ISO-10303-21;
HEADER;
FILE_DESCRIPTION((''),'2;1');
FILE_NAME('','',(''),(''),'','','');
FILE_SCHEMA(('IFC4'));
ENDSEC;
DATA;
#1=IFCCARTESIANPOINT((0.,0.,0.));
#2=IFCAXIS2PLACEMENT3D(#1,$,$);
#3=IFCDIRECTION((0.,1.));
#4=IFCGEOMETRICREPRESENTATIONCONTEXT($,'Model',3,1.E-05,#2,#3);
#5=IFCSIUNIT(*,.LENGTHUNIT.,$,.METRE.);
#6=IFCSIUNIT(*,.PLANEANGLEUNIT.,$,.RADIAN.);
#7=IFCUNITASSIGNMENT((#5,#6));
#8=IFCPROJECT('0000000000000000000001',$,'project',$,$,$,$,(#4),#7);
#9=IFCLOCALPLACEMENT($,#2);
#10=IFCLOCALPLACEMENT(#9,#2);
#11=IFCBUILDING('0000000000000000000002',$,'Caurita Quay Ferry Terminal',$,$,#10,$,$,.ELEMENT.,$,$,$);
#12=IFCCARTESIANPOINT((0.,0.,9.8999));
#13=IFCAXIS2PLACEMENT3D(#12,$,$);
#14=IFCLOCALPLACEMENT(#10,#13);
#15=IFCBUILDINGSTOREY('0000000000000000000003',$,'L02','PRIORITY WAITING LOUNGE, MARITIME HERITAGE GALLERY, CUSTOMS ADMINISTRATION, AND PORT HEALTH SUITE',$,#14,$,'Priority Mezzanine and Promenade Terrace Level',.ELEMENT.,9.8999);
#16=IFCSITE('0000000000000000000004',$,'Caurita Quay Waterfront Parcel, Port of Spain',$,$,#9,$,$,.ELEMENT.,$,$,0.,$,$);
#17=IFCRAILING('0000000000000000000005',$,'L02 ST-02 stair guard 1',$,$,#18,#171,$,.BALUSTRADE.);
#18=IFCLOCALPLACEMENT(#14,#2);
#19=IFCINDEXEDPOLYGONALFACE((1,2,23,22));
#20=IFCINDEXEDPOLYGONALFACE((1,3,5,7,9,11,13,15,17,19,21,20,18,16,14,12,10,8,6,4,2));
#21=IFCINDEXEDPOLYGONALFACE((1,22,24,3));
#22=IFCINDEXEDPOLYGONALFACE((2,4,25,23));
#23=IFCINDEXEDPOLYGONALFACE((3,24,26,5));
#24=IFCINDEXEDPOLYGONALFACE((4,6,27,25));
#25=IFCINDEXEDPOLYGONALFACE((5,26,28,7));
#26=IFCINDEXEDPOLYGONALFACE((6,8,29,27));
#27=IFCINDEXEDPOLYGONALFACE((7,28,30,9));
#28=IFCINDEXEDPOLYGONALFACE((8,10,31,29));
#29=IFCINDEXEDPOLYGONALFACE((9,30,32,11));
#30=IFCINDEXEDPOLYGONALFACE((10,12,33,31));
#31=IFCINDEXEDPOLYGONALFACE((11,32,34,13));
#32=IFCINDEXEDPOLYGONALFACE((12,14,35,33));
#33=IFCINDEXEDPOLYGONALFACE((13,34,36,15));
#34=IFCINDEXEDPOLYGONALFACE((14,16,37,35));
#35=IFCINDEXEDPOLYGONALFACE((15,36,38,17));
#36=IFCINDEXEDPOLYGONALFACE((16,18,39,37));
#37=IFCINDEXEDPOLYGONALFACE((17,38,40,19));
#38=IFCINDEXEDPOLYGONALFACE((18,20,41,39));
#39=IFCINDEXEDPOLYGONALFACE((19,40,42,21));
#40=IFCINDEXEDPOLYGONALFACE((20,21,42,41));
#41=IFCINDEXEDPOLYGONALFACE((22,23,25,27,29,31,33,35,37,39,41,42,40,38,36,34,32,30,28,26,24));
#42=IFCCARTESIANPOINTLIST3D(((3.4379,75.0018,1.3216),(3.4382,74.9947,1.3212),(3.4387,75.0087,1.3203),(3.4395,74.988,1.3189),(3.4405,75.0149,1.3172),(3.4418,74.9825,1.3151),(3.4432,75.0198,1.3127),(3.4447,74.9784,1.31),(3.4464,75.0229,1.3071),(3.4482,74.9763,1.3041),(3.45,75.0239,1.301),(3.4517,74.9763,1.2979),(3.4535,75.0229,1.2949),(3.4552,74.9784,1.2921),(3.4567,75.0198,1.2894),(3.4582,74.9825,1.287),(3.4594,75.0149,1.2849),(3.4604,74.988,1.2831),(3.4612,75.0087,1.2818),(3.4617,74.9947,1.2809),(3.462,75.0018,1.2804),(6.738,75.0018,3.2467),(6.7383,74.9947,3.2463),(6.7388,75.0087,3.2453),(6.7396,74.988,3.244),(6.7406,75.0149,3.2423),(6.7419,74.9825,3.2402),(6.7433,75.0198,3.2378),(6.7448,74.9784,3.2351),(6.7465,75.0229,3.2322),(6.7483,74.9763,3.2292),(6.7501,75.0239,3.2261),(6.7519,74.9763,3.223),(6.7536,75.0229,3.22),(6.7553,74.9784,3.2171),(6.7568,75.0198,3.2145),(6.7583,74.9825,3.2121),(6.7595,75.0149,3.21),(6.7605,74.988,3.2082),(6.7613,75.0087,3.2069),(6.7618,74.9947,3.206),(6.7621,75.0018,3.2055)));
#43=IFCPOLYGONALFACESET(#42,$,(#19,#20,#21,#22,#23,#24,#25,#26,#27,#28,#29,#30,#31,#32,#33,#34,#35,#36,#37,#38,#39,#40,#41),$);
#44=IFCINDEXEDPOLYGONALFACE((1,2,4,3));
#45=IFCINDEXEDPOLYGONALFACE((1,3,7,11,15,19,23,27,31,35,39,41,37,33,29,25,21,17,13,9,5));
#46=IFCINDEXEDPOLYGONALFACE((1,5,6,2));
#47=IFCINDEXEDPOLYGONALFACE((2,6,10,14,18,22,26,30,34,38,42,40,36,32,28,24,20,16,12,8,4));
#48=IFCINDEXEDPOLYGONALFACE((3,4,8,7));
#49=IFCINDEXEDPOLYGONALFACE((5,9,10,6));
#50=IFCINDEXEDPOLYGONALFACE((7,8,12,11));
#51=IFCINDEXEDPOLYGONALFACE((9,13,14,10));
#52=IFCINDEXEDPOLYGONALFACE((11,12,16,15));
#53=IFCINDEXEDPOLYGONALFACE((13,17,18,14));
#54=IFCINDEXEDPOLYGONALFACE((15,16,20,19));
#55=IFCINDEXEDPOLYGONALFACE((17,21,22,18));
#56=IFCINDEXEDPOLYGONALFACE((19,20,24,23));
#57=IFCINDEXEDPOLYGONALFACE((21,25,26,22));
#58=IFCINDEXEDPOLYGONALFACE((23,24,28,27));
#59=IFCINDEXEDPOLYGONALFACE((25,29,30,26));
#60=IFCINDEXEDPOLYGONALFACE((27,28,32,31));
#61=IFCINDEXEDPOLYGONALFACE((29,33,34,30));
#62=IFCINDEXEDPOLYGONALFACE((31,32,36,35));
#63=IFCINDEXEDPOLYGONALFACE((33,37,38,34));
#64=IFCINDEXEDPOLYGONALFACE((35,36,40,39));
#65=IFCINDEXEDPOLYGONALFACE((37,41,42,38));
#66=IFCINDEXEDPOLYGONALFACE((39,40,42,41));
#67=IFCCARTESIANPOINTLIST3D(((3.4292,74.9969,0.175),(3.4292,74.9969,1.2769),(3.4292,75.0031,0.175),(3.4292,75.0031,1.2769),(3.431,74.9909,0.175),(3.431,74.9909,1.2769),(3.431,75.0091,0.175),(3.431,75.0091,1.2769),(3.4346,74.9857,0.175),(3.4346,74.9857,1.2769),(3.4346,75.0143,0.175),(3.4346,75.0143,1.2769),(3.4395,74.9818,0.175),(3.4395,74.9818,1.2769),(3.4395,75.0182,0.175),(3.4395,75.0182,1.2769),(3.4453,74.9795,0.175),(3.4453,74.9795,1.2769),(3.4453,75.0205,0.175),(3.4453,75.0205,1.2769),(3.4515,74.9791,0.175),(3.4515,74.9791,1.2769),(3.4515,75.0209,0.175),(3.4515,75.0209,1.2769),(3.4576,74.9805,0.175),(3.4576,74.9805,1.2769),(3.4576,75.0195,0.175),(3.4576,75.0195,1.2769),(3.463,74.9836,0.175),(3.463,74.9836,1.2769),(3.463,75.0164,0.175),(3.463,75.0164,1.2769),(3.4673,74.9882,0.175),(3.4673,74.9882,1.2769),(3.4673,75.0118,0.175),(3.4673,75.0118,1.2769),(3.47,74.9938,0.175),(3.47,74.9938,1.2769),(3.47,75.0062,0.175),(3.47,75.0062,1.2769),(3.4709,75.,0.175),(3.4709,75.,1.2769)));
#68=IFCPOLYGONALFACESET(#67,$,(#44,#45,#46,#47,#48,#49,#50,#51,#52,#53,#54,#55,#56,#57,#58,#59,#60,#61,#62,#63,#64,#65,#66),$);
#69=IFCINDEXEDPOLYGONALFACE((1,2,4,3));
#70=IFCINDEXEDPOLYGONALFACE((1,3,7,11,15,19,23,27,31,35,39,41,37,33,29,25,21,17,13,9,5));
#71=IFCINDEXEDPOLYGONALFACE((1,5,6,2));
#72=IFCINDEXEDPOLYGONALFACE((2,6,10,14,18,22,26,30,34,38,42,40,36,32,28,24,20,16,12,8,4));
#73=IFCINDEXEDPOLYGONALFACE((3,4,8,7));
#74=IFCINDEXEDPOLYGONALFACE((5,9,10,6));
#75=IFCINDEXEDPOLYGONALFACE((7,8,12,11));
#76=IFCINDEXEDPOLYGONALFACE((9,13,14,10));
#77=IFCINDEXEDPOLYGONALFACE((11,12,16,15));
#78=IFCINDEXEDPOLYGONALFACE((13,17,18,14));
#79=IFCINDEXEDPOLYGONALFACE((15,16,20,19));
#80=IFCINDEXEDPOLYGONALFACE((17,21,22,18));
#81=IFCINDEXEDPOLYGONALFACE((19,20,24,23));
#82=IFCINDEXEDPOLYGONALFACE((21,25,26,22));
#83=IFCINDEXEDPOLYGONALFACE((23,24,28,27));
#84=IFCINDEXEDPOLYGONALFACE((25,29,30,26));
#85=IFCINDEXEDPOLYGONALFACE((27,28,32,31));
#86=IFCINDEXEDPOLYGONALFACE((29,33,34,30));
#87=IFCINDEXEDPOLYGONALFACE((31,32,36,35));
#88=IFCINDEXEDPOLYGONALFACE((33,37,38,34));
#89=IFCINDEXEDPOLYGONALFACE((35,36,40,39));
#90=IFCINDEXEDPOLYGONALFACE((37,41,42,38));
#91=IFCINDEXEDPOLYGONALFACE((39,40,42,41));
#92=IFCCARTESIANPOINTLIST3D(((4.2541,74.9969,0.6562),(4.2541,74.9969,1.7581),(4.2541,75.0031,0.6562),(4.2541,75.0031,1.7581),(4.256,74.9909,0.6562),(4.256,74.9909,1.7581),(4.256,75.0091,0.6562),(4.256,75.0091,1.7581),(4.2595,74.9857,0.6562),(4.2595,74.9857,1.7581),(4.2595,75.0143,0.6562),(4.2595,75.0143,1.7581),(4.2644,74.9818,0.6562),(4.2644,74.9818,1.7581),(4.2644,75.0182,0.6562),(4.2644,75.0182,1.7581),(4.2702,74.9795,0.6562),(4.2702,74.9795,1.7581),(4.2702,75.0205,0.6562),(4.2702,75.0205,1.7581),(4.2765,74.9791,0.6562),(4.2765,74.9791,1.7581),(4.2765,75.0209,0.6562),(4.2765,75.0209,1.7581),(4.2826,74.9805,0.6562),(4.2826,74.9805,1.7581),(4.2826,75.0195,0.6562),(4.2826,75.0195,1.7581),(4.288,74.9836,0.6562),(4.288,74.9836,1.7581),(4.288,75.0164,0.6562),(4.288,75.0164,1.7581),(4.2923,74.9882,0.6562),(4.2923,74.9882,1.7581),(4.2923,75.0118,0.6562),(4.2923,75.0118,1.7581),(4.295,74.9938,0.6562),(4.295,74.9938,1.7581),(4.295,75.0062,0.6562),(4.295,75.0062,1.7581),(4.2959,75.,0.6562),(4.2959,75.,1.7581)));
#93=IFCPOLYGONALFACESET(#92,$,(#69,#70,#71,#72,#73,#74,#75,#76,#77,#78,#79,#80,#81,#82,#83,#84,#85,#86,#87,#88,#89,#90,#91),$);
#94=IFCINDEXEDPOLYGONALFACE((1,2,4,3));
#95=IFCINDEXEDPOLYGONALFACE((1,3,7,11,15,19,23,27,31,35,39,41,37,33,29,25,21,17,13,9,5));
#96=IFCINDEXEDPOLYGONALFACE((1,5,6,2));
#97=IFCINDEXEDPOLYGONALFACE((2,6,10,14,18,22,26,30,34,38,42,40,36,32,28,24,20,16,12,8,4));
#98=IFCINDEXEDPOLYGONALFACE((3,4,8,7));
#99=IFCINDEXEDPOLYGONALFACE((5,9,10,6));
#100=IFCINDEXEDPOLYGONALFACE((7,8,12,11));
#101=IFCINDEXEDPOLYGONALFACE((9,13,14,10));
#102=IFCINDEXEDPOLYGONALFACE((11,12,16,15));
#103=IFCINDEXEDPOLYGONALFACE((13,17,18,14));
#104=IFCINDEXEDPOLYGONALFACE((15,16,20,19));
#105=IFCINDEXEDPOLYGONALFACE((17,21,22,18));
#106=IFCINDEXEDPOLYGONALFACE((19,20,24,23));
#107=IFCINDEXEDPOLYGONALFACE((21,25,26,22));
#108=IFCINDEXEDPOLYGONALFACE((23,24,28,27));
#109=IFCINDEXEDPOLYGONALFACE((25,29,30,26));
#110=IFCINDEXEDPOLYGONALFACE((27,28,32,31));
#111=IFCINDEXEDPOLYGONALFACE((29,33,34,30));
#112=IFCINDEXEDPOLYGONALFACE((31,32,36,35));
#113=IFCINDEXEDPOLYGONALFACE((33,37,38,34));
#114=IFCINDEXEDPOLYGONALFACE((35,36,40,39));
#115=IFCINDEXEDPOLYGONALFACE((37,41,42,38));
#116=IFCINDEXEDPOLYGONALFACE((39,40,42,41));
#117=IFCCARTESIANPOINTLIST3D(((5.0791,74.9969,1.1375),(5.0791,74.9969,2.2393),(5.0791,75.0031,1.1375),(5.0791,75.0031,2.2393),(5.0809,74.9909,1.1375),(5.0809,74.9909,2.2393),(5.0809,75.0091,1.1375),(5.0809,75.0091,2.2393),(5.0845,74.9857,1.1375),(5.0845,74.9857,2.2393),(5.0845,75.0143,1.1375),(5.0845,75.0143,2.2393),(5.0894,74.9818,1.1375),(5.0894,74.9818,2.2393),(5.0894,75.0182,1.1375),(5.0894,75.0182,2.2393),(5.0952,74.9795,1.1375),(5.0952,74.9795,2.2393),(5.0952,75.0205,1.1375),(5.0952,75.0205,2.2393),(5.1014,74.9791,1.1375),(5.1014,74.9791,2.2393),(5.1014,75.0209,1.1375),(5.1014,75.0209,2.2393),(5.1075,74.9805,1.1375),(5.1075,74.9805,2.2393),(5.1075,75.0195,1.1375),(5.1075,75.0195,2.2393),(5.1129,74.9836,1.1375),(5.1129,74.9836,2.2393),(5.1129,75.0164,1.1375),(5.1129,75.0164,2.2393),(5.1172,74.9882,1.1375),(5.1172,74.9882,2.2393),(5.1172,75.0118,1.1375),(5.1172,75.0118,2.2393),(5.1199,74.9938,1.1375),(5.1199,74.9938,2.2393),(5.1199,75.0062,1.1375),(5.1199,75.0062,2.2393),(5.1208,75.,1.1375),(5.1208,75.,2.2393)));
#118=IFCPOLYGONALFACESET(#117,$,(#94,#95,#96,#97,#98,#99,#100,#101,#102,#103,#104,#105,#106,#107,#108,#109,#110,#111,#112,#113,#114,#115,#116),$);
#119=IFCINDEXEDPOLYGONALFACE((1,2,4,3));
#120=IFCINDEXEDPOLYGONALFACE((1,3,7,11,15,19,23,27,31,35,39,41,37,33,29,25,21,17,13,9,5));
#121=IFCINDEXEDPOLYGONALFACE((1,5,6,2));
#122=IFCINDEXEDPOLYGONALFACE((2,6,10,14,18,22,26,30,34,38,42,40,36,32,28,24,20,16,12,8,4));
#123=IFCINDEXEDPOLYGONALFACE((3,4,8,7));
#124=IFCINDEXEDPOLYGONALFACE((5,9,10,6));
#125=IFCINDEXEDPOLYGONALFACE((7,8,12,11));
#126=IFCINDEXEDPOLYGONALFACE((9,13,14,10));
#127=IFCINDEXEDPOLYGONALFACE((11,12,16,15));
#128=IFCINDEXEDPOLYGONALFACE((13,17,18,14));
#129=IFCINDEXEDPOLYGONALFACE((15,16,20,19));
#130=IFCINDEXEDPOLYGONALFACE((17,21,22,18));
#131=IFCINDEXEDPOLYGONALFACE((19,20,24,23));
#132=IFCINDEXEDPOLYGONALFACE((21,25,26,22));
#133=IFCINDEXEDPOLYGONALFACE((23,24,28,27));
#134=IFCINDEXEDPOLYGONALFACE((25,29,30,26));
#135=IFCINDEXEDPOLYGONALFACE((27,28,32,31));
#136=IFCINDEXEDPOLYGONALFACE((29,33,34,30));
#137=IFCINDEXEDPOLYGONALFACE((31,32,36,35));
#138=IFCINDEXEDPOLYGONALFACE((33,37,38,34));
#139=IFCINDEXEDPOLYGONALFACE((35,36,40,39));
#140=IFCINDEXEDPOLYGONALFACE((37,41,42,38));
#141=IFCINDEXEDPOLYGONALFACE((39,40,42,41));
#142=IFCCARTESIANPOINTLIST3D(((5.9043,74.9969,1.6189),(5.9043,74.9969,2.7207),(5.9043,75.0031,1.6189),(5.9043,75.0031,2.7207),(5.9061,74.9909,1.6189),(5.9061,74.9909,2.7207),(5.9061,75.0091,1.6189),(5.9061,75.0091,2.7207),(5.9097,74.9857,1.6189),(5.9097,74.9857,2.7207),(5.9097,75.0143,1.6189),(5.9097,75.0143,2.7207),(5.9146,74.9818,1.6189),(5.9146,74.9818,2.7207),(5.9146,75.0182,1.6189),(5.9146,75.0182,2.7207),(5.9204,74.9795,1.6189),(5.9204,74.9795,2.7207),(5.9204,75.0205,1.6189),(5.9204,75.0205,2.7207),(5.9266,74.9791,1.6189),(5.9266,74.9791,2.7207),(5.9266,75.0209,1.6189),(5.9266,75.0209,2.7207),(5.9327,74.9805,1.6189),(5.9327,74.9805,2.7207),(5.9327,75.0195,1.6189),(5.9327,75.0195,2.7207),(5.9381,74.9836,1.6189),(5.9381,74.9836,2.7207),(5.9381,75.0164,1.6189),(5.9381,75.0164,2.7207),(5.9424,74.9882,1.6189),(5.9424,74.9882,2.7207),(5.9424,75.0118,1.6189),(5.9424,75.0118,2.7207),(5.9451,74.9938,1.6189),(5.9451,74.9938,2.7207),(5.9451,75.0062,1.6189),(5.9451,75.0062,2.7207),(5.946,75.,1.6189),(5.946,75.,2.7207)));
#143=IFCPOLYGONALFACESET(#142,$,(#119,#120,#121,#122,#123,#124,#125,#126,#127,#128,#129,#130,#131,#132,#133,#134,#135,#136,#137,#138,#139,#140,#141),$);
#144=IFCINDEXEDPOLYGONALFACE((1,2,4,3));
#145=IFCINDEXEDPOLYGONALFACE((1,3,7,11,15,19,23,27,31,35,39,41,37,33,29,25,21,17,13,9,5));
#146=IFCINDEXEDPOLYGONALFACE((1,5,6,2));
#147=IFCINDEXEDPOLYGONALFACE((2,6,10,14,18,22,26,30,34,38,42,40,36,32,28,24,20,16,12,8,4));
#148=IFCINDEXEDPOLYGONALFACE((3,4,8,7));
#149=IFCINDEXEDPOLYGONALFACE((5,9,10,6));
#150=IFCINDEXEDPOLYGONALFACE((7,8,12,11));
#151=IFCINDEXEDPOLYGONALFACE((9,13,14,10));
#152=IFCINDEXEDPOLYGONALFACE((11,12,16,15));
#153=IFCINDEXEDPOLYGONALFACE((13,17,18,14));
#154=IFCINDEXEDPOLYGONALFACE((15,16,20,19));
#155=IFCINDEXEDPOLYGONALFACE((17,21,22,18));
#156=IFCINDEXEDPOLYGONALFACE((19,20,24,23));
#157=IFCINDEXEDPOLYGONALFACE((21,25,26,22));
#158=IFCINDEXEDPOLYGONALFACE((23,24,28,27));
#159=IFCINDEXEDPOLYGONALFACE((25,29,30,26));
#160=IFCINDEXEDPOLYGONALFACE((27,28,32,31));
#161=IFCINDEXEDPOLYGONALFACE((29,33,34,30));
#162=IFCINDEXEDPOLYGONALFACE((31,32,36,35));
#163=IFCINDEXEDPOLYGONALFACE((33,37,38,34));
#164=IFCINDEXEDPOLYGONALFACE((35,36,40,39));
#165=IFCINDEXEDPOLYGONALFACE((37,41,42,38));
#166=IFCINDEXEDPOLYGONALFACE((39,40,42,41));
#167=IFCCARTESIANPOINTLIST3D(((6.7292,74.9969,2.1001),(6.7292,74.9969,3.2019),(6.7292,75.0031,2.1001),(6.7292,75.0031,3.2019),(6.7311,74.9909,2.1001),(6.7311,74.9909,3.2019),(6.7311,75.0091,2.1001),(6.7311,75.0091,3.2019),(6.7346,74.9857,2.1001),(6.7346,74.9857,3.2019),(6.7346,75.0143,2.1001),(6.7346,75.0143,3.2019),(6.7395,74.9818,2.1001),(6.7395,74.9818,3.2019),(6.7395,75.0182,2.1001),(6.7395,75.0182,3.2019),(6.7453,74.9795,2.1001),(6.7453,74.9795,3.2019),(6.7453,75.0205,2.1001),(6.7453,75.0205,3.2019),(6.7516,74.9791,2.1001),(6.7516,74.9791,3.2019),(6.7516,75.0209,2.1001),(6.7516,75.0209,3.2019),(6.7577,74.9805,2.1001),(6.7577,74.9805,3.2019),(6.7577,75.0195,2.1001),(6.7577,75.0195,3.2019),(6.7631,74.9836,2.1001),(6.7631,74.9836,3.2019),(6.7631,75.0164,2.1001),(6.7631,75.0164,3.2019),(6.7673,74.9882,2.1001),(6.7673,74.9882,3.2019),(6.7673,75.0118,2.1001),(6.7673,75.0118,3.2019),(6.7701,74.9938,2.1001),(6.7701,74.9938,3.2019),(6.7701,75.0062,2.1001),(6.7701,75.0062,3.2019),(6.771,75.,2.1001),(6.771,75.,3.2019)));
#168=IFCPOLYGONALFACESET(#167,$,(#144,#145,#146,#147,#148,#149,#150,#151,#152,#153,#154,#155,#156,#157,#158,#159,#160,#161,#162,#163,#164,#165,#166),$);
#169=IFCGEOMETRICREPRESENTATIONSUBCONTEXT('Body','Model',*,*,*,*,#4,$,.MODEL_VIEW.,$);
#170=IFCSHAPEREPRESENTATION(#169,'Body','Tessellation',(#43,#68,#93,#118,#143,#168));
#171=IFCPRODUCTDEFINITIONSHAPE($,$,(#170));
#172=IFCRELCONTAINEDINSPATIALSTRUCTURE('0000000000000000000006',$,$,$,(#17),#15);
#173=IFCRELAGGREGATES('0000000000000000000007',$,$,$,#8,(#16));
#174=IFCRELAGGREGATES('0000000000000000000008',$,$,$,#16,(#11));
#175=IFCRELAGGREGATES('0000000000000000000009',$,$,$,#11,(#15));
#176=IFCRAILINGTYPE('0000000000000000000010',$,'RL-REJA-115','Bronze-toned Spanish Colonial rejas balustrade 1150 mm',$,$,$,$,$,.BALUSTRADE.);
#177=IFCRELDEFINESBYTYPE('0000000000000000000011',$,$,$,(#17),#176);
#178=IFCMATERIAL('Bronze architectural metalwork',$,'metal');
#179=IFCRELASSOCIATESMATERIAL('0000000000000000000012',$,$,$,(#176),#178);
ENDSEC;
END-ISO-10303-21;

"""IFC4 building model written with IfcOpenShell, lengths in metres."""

from ifc_helpers import new_model, si_unit, direction, frame, origin, origin_2d, place, context, subcontext, project, spatial, circle, extrude, material, type_object, element, save


model = new_model("IFC4")

# Units and contexts
model_context = context("Model", 3, precision=1e-05, world=origin(), true_north=direction((0.0, 1.0)))
body_context = subcontext(model_context, "Body", "Model", "MODEL_VIEW")
ifc_project = project(units=[si_unit("LENGTHUNIT", "METRE"), si_unit("PLANEANGLEUNIT", "RADIAN")], contexts=[model_context])

# Site, building, storey
site_placement = place(None, origin())
site = spatial("IfcSite", under=ifc_project, at=site_placement, Name="Caurita Quay Waterfront Parcel, Port of Spain", CompositionType="ELEMENT", RefElevation=0.0)
building_placement = place(site_placement, origin())
building = spatial("IfcBuilding", under=site, at=building_placement, Name="Caurita Quay Ferry Terminal", CompositionType="ELEMENT")
storey_placement = place(building_placement, frame((0.0, 0.0, 9.8999)))
storey = spatial("IfcBuildingStorey", under=building, at=storey_placement, Name="L02", Description="PRIORITY WAITING LOUNGE, MARITIME HERITAGE GALLERY, CUSTOMS ADMINISTRATION, AND PORT HEALTH SUITE", LongName="Priority Mezzanine and Promenade Terrace Level", CompositionType="ELEMENT", Elevation=9.8999)

# Railing
ifc_material_1 = material(Name="Bronze architectural metalwork", Category="metal")
railing_type_1 = type_object("IfcRailingType", Name="RL-REJA-115", Description="Bronze-toned Spanish Colonial rejas balustrade 1150 mm", PredefinedType="BALUSTRADE", material=ifc_material_1)
railing_1_placement = place(storey_placement, frame((3.45, 75.0, 0.175)))
element("IfcRailing", 1, at=railing_1_placement, inside=storey, type_object=railing_type_1, Name="L02 ST-02 stair guard 1", PredefinedType="BALUSTRADE", context=body_context, shape_type="SweptSolid", body=[
    extrude(circle(Radius=0.0239, at=origin_2d()), frame((0.0, 0.0, 1.126), z_axis=(0.863777, 0.0, 0.503875), x_axis=(0.0, 1.0, 0.0)), (0.0, 0.0, 1.0), 3.8206),
    extrude(circle(Radius=0.021, at=origin_2d()), origin(), (0.0, 0.0, 1.0), 1.1018),
    extrude(circle(Radius=0.021, at=origin_2d()), frame((0.825, 0.0, 0.4812)), (0.0, 0.0, 1.0), 1.1018),
    extrude(circle(Radius=0.021, at=origin_2d()), frame((1.6499, 0.0, 0.9624)), (0.0, 0.0, 1.0), 1.1018),
    extrude(circle(Radius=0.021, at=origin_2d()), frame((2.4751, 0.0, 1.4438)), (0.0, 0.0, 1.0), 1.1018),
    extrude(circle(Radius=0.021, at=origin_2d()), frame((3.3, 0.0, 1.925)), (0.0, 0.0, 1.0), 1.1018),
])

save(model, "model.ifc")
